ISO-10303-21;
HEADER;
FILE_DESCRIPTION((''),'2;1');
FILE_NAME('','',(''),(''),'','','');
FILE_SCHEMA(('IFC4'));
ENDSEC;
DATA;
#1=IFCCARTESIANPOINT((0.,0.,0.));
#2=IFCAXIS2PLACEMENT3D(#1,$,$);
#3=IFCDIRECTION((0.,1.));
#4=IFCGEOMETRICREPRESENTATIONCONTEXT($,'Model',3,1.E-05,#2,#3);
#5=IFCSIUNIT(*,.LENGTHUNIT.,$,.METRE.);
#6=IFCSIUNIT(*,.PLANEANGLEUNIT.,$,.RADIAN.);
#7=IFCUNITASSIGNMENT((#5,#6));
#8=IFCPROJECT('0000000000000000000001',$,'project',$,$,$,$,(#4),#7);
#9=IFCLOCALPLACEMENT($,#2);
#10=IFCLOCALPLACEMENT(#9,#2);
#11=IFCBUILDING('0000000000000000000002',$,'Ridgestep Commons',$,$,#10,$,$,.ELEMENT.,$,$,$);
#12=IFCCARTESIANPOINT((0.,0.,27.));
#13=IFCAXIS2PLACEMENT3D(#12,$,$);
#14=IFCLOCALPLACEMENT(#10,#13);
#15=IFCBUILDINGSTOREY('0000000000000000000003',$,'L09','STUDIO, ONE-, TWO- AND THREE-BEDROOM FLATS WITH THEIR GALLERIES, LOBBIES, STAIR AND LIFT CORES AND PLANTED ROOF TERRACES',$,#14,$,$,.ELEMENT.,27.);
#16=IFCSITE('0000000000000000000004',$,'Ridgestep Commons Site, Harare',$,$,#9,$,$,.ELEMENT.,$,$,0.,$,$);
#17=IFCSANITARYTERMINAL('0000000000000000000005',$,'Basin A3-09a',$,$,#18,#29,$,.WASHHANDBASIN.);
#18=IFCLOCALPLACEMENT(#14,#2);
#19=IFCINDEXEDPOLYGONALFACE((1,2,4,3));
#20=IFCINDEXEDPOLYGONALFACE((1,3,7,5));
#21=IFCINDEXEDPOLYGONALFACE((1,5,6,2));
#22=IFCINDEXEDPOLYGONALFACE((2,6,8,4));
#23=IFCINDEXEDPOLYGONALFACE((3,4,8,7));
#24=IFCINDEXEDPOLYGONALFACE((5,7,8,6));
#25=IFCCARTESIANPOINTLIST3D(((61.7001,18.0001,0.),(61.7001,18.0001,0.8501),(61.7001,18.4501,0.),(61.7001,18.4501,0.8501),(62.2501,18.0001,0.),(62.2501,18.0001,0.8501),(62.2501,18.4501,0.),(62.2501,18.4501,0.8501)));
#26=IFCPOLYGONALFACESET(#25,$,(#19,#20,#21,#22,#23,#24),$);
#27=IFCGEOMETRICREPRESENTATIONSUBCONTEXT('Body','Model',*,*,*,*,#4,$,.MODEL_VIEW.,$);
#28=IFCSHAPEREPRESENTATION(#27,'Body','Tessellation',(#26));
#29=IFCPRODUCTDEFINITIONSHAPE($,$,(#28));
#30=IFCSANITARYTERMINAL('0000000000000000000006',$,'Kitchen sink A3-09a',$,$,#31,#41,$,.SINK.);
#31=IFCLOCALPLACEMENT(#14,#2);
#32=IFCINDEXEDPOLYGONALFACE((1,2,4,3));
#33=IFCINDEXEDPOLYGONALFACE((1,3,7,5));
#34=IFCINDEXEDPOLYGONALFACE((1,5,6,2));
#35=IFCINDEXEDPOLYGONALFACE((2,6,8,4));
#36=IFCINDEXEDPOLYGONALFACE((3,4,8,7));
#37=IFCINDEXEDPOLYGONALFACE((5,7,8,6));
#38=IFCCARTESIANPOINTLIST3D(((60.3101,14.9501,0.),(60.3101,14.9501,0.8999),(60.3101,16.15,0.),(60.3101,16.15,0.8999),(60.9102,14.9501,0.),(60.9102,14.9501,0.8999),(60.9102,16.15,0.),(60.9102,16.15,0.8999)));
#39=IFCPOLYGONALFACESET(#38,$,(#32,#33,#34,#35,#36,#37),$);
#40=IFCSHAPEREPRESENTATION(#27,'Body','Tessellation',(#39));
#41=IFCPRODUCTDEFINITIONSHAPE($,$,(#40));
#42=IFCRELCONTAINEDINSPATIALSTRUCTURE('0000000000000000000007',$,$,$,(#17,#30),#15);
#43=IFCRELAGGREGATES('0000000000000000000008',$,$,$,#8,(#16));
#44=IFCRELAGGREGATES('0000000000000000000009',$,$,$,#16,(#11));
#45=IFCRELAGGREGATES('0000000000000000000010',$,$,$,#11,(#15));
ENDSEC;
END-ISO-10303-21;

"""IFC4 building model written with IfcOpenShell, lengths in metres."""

from ifc_helpers import new_model, si_unit, direction, frame, origin, origin_2d, place, context, subcontext, project, spatial, rectangle, extrude, element, save


model = new_model("IFC4")

# Units and contexts
model_context = context("Model", 3, precision=1e-05, world=origin(), true_north=direction((0.0, 1.0)))
body_context = subcontext(model_context, "Body", "Model", "MODEL_VIEW")
ifc_project = project(units=[si_unit("LENGTHUNIT", "METRE"), si_unit("PLANEANGLEUNIT", "RADIAN")], contexts=[model_context])

# Site, building, storey
site_placement = place(None, origin())
site = spatial("IfcSite", under=ifc_project, at=site_placement, Name="Ridgestep Commons Site, Harare", CompositionType="ELEMENT", RefElevation=0.0)
building_placement = place(site_placement, origin())
building = spatial("IfcBuilding", under=site, at=building_placement, Name="Ridgestep Commons", CompositionType="ELEMENT")
storey_placement = place(building_placement, frame((0.0, 0.0, 27.0)))
storey = spatial("IfcBuildingStorey", under=building, at=storey_placement, Name="L09", Description="STUDIO, ONE-, TWO- AND THREE-BEDROOM FLATS WITH THEIR GALLERIES, LOBBIES, STAIR AND LIFT CORES AND PLANTED ROOF TERRACES", CompositionType="ELEMENT", Elevation=27.0)

# Sanitary terminals
sanitary_terminal_1_placement = place(storey_placement, frame((61.9751, 18.2251, 0.0), z_axis=(0.0, 0.0, 1.0), x_axis=(1.0, 0.0, 0.0)))
element("IfcSanitaryTerminal", 1, at=sanitary_terminal_1_placement, inside=storey, Name="Basin A3-09a", PredefinedType="WASHHANDBASIN", context=body_context, shape_type="SweptSolid", body=[
    extrude(rectangle(XDim=0.55, YDim=0.45, at=origin_2d()), origin(), (0.0, 0.0, 1.0), 0.8501),
])
sanitary_terminal_2_placement = place(storey_placement, frame((60.6101, 15.55, 0.0), z_axis=(0.0, 0.0, 1.0), x_axis=(1.0, 0.0, 0.0)))
element("IfcSanitaryTerminal", 2, at=sanitary_terminal_2_placement, inside=storey, Name="Kitchen sink A3-09a", PredefinedType="SINK", context=body_context, shape_type="SweptSolid", body=[
    extrude(rectangle(XDim=0.6001, YDim=1.2, at=origin_2d()), origin(), (0.0, 0.0, 1.0), 0.8999),
])

save(model, "model.ifc")
